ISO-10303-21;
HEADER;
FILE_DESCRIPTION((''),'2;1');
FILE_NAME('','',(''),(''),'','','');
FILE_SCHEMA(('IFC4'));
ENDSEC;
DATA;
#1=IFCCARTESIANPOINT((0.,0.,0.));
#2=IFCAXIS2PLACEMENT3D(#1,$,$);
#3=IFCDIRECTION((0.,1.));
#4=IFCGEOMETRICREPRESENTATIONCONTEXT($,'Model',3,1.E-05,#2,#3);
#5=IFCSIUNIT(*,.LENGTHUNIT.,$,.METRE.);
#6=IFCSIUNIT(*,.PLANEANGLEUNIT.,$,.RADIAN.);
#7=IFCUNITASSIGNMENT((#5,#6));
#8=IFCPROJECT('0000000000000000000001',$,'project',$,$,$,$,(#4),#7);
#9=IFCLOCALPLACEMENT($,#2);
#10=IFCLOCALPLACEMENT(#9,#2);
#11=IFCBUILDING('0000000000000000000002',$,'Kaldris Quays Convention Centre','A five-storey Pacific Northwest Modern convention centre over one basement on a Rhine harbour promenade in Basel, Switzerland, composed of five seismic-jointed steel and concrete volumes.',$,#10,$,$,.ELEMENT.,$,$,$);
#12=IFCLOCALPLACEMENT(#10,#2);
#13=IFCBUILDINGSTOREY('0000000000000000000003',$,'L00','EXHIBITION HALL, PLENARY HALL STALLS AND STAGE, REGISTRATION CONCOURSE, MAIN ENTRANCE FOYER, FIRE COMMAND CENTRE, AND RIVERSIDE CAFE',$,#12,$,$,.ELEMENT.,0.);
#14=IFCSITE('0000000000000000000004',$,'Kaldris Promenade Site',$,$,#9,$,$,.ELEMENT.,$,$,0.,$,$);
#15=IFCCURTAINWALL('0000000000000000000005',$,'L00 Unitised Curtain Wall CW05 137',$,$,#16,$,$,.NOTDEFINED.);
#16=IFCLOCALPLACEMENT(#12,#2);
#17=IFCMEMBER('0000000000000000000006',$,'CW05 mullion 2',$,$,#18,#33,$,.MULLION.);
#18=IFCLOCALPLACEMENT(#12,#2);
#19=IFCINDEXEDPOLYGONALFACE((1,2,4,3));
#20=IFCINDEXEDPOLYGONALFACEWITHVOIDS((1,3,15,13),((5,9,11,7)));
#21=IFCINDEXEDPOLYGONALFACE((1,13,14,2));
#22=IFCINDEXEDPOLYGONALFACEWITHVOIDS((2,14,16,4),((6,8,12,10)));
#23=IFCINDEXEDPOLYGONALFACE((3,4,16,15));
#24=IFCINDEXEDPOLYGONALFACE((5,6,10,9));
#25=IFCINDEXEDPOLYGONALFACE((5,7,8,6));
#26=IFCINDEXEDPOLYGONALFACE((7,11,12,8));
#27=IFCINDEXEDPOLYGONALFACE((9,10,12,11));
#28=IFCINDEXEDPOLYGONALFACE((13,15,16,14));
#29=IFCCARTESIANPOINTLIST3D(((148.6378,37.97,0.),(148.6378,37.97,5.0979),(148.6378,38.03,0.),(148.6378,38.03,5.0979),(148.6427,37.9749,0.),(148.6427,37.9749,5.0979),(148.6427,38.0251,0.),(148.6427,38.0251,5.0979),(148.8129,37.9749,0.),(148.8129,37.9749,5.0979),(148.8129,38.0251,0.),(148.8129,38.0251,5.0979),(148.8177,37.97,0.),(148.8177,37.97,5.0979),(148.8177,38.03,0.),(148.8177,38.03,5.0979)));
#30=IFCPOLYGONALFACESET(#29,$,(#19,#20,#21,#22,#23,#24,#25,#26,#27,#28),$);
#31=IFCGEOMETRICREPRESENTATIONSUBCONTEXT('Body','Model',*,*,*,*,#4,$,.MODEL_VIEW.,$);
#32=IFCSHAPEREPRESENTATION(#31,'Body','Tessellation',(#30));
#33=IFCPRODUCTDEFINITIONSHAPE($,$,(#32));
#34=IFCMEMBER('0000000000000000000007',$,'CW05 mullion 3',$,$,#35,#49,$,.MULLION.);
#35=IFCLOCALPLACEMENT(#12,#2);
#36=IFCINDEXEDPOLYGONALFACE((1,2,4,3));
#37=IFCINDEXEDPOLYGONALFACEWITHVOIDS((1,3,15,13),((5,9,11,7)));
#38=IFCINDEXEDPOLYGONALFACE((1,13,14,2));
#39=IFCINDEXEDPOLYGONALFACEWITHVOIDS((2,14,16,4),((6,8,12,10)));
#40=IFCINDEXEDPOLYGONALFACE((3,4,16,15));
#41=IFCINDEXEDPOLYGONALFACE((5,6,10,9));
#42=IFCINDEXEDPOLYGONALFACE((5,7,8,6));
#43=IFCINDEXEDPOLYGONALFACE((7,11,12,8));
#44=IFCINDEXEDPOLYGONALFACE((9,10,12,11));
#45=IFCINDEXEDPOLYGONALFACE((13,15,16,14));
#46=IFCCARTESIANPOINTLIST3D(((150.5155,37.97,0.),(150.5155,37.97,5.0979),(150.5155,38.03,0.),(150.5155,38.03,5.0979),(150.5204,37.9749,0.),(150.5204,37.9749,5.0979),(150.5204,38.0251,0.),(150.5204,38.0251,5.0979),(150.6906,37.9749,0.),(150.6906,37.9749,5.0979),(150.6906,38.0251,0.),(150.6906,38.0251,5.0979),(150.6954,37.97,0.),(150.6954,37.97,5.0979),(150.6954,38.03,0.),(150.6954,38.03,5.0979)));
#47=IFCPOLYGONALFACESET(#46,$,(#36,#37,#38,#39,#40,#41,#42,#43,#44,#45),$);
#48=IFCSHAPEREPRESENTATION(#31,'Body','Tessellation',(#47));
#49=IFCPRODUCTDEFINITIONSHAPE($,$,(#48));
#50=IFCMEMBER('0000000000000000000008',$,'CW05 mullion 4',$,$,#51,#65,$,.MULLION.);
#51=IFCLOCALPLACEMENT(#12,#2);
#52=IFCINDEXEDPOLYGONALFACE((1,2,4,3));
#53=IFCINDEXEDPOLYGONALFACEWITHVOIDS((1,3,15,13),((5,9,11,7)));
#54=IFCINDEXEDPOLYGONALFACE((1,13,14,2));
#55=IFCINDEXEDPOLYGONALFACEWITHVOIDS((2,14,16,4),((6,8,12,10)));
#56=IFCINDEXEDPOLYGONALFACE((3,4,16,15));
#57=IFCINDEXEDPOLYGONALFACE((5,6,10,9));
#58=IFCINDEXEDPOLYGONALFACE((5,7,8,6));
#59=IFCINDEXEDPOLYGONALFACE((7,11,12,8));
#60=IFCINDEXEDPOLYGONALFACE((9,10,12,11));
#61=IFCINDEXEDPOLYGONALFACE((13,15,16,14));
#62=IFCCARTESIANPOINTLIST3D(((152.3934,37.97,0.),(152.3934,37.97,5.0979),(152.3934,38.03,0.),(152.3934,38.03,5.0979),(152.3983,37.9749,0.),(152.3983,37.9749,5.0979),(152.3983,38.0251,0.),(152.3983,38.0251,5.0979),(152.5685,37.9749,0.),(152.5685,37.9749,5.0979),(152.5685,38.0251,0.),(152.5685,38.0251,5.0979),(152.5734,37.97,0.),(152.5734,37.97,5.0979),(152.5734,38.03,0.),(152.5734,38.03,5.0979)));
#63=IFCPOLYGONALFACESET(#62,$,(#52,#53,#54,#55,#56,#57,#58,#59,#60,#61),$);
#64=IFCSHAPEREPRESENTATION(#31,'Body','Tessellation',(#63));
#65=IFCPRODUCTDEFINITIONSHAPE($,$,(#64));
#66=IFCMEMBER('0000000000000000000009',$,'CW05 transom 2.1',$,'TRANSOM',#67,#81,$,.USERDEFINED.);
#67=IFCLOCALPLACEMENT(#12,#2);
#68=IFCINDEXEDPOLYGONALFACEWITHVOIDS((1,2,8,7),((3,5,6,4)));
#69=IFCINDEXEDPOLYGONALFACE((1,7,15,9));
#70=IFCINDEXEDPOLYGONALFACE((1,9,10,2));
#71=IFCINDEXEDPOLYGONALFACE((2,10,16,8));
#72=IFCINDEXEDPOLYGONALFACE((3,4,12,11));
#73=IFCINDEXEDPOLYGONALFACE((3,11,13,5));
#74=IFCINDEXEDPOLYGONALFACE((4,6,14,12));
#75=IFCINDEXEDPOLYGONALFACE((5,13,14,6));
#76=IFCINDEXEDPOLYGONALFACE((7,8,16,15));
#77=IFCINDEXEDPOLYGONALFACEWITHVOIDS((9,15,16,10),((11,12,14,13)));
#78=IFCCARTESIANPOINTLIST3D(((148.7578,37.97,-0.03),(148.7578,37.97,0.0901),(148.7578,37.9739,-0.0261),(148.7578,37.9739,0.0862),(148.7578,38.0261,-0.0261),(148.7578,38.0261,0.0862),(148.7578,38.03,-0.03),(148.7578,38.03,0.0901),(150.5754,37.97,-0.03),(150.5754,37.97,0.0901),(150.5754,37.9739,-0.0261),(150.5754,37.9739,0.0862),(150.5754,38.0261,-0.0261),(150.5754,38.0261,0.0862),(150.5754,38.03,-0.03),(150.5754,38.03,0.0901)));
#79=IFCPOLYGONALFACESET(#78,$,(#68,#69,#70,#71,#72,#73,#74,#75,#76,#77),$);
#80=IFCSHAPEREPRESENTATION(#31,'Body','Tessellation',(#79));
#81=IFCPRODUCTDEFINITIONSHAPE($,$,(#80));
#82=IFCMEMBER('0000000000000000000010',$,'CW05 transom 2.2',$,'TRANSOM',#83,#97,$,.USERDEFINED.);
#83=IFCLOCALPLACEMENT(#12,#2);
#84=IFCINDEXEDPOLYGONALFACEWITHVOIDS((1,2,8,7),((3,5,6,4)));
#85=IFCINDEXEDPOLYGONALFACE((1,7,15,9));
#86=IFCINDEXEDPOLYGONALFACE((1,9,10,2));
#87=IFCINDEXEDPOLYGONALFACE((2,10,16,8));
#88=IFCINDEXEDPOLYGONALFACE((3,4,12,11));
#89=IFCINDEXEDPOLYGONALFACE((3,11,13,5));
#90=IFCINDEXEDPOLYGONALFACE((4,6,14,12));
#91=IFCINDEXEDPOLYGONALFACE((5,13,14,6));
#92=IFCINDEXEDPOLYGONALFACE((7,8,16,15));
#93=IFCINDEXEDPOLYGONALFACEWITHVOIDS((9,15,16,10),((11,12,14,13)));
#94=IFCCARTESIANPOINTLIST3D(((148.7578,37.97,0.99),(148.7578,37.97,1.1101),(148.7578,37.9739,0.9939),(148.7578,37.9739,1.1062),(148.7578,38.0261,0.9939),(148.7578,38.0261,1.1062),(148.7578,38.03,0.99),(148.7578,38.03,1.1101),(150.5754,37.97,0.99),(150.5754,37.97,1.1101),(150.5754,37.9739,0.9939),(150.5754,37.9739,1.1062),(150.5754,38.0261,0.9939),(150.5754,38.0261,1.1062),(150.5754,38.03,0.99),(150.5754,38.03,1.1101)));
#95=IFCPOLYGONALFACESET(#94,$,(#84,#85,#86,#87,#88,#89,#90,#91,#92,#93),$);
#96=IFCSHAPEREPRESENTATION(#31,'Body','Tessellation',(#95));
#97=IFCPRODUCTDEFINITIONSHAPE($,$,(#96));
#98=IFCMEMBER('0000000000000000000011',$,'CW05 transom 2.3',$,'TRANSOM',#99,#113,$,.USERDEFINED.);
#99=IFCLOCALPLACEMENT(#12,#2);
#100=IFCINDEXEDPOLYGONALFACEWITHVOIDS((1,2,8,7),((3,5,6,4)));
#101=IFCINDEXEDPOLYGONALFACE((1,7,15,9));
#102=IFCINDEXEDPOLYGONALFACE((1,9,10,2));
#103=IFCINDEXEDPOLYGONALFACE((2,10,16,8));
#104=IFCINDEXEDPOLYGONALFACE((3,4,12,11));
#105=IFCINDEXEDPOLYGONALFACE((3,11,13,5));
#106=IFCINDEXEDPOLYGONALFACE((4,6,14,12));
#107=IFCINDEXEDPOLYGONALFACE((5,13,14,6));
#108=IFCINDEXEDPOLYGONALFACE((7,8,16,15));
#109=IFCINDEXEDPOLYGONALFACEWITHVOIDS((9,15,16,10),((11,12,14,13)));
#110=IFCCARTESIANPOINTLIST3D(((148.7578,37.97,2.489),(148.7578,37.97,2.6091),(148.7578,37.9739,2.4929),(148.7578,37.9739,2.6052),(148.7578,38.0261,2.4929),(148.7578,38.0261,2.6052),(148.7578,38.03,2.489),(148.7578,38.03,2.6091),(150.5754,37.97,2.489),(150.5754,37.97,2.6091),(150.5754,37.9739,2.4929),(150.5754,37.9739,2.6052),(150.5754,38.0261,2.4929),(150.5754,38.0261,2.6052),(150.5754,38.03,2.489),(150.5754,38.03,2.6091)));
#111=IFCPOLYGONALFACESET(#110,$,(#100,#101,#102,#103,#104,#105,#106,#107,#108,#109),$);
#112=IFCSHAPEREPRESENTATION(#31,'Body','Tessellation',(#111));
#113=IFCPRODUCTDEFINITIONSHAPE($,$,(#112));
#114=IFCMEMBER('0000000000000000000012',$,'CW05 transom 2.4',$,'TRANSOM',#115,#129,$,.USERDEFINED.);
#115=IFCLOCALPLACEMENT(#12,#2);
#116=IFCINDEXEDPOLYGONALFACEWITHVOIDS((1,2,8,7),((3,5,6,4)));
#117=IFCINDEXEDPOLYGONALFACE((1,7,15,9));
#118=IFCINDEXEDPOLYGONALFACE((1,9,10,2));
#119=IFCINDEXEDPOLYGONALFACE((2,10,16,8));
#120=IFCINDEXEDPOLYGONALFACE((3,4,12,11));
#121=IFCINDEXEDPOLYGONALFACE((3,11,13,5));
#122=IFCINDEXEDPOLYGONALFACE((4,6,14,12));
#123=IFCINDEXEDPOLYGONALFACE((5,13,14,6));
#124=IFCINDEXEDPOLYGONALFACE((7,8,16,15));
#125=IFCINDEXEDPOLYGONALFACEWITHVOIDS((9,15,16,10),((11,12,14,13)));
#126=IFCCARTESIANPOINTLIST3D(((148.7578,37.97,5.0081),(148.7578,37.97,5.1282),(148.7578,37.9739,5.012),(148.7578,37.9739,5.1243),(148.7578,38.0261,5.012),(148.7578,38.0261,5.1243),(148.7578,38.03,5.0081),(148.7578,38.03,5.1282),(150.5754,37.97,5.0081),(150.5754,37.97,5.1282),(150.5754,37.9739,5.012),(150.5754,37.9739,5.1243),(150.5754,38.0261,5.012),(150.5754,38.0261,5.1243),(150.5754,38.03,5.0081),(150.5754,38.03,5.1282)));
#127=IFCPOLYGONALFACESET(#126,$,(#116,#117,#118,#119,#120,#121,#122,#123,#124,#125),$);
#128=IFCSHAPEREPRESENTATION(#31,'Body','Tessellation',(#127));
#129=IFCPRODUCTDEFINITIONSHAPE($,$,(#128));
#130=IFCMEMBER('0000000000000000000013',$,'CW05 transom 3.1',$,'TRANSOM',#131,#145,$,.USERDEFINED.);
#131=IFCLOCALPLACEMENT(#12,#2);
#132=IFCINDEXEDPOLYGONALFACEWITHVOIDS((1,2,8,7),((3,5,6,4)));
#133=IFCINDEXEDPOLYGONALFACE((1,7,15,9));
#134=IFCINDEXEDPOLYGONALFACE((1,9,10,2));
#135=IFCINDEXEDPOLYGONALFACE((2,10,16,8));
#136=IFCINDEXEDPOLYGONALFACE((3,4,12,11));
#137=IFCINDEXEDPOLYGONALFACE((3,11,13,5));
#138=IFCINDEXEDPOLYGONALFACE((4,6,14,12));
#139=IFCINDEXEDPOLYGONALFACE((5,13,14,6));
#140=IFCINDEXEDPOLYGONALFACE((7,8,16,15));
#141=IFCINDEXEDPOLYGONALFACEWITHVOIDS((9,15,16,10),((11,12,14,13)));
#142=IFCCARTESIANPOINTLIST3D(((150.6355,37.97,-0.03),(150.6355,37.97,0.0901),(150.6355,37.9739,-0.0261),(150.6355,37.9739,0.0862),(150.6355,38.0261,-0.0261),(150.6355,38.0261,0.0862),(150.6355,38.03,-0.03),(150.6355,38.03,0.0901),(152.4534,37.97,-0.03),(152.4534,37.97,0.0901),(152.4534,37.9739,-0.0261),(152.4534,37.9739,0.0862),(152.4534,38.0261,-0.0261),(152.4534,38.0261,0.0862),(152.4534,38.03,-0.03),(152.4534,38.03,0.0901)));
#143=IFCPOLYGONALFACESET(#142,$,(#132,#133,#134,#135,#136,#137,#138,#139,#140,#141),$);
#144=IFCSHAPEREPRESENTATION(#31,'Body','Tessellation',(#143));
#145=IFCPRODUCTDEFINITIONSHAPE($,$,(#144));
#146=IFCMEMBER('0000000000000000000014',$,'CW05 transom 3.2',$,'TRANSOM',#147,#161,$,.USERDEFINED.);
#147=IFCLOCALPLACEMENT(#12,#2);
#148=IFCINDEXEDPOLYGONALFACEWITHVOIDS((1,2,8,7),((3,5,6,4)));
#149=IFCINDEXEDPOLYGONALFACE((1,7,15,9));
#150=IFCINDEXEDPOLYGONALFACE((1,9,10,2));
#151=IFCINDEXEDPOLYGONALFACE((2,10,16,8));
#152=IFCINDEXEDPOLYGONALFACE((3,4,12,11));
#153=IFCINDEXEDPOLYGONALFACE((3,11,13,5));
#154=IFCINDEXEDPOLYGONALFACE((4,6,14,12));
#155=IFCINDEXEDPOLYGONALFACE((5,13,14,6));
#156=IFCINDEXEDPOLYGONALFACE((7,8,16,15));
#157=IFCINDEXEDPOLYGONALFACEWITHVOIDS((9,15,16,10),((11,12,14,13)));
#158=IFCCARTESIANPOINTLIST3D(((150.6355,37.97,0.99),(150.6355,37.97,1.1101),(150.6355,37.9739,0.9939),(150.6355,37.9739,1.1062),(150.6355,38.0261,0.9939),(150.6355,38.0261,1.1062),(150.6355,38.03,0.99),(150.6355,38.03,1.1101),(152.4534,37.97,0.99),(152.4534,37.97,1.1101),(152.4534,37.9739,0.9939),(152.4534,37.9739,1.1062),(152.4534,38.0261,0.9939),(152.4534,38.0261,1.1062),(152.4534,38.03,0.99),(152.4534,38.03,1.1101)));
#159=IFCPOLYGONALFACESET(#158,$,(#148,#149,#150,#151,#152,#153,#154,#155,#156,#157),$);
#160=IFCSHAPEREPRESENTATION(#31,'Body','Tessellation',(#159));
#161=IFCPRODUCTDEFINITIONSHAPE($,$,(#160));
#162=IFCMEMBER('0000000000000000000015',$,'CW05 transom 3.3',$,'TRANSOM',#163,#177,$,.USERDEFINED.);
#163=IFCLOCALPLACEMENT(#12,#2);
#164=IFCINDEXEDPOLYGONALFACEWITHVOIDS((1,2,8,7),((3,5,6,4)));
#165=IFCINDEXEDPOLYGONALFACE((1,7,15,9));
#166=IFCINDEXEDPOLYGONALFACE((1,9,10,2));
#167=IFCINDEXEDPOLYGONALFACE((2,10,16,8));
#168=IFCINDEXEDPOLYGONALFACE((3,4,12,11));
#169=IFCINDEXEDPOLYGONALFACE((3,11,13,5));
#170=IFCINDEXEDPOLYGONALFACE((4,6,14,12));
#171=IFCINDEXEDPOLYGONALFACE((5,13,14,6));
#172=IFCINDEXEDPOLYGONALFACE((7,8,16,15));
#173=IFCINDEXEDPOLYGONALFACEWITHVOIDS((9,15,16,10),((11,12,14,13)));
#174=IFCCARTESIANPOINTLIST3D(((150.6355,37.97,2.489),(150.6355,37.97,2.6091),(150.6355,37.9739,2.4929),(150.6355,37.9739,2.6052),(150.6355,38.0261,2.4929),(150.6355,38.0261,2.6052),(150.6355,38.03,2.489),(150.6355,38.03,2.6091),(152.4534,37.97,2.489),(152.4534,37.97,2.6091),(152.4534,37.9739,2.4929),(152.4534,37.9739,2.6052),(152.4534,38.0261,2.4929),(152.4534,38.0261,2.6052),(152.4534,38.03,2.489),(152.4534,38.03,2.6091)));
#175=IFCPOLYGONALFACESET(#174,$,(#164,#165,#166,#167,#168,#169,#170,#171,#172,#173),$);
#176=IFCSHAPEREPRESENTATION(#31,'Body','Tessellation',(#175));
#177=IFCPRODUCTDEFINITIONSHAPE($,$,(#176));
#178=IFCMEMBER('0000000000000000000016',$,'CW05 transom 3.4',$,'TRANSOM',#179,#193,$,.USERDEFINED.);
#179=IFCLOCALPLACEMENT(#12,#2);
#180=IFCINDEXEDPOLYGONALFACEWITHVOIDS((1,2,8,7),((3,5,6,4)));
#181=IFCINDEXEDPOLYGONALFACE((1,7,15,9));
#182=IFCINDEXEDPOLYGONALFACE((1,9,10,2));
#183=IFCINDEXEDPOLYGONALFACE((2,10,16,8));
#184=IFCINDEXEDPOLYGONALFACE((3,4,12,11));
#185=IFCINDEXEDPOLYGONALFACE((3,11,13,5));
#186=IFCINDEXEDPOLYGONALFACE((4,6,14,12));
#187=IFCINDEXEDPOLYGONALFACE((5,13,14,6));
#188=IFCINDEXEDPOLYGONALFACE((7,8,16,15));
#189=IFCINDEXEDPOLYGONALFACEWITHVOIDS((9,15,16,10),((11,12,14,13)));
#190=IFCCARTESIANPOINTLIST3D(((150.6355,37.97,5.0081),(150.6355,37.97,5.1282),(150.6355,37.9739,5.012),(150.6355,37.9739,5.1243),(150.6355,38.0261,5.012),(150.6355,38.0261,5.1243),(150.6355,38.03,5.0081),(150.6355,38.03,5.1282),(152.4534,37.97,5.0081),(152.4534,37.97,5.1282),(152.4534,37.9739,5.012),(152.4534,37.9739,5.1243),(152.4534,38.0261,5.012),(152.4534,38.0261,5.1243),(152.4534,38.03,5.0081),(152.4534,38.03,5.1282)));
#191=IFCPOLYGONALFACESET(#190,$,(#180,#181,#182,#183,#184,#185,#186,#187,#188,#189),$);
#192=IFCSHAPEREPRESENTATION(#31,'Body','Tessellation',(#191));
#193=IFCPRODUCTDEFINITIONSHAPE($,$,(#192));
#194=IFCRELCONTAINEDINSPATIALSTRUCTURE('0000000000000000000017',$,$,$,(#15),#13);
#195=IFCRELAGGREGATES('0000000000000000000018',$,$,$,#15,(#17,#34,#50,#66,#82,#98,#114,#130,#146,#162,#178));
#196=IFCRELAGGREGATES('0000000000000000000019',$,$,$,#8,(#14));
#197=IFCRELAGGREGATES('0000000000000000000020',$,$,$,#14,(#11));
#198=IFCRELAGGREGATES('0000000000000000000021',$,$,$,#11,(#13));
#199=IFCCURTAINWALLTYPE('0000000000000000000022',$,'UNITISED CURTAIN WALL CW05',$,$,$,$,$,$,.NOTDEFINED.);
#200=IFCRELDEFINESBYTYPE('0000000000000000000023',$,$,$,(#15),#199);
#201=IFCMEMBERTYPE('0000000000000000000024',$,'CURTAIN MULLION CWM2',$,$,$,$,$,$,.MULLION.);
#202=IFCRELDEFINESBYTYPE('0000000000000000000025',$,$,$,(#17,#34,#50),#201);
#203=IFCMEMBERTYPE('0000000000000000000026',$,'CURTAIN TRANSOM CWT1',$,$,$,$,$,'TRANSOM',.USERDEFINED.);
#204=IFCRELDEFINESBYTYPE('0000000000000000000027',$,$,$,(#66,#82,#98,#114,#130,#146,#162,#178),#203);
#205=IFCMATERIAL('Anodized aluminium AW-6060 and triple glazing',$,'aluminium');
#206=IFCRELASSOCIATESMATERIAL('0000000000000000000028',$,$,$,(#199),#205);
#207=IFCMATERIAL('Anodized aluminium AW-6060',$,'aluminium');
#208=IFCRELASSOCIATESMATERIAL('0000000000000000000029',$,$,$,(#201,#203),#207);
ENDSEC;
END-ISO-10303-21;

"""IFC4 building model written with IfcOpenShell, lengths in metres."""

from ifc_helpers import new_model, si_unit, direction, frame, origin, origin_2d, place, context, subcontext, project, spatial, hollow_rectangle, extrude, material, material_profile, profile_set, type_object, element, aggregate, save


model = new_model("IFC4")

# Units and contexts
model_context = context("Model", 3, precision=1e-05, world=origin(), true_north=direction((0.0, 1.0)))
body_context = subcontext(model_context, "Body", "Model", "MODEL_VIEW")
ifc_project = project(units=[si_unit("LENGTHUNIT", "METRE"), si_unit("PLANEANGLEUNIT", "RADIAN")], contexts=[model_context])

# Site, building, storey
site_placement = place(None, origin())
site = spatial("IfcSite", under=ifc_project, at=site_placement, Name="Kaldris Promenade Site", CompositionType="ELEMENT", RefElevation=0.0)
building_placement = place(site_placement, origin())
building = spatial("IfcBuilding", under=site, at=building_placement, Name="Kaldris Quays Convention Centre", Description="A five-storey Pacific Northwest Modern convention centre over one basement on a Rhine harbour promenade in Basel, Switzerland, composed of five seismic-jointed steel and concrete volumes.", CompositionType="ELEMENT")
storey_placement = place(building_placement, origin())
storey = spatial("IfcBuildingStorey", under=building, at=storey_placement, Name="L00", Description="EXHIBITION HALL, PLENARY HALL STALLS AND STAGE, REGISTRATION CONCOURSE, MAIN ENTRANCE FOYER, FIRE COMMAND CENTRE, AND RIVERSIDE CAFE", CompositionType="ELEMENT", Elevation=0.0)

# Curtain wall, members
ifc_material_1 = material(Name="Anodized aluminium AW-6060 and triple glazing", Category="aluminium")
curtain_wall_type = type_object("IfcCurtainWallType", Name="UNITISED CURTAIN WALL CW05", PredefinedType="NOTDEFINED", material=ifc_material_1)
curtain_wall_placement = place(storey_placement, origin())
curtain_wall = element("IfcCurtainWall", 1, at=curtain_wall_placement, inside=storey, type_object=curtain_wall_type, Name="L00 Unitised Curtain Wall CW05 137", PredefinedType="NOTDEFINED")
ifc_material_2 = material(Name="Anodized aluminium AW-6060", Category="aluminium")
ifc_material_profile_1 = material_profile(ifc_material_2, hollow_rectangle(XDim=0.0601, YDim=0.1799, WallThickness=0.0049, at=origin_2d()), Name="RHS 180x60x5")
ifc_profile_set_1 = profile_set([ifc_material_profile_1], Name="Anodized aluminium AW-6060")
member_type_1 = type_object("IfcMemberType", Name="CURTAIN MULLION CWM2", PredefinedType="MULLION", material=ifc_profile_set_1)
member_1_placement = place(storey_placement, frame((148.7278, 38.0, 0.0), z_axis=(0.0, 0.0, 1.0), x_axis=(0.0, 1.0, 0.0)))
member_1 = element("IfcMember", 2, at=member_1_placement, type_object=member_type_1, Name="CW05 mullion 2", PredefinedType="MULLION", context=body_context, shape_type="SweptSolid", body=[
    extrude(hollow_rectangle(XDim=0.0601, YDim=0.1799, WallThickness=0.0049, at=origin_2d()), origin(), (0.0, 0.0, 1.0), 5.0979),
])
member_2_placement = place(storey_placement, frame((150.6055, 38.0, 0.0), z_axis=(0.0, 0.0, 1.0), x_axis=(0.0, 1.0, 0.0)))
member_2 = element("IfcMember", 3, at=member_2_placement, type_object=member_type_1, Name="CW05 mullion 3", PredefinedType="MULLION", context=body_context, shape_type="SweptSolid", body=[
    extrude(hollow_rectangle(XDim=0.0601, YDim=0.1799, WallThickness=0.0049, at=origin_2d()), origin(), (0.0, 0.0, 1.0), 5.0979),
])
member_3_placement = place(storey_placement, frame((152.4834, 38.0, 0.0), z_axis=(0.0, 0.0, 1.0), x_axis=(0.0, 1.0, 0.0)))
member_3 = element("IfcMember", 4, at=member_3_placement, type_object=member_type_1, Name="CW05 mullion 4", PredefinedType="MULLION", context=body_context, shape_type="SweptSolid", body=[
    extrude(hollow_rectangle(XDim=0.0601, YDim=0.1799, WallThickness=0.0049, at=origin_2d()), origin(), (0.0, 0.0, 1.0), 5.0979),
])
ifc_material_profile_2 = material_profile(ifc_material_2, hollow_rectangle(XDim=0.0601, YDim=0.1201, WallThickness=0.0039, at=origin_2d()), Name="RHS 120x60x4")
ifc_profile_set_2 = profile_set([ifc_material_profile_2], Name="Anodized aluminium AW-6060")
member_type_2 = type_object("IfcMemberType", Name="CURTAIN TRANSOM CWT1", ElementType="TRANSOM", PredefinedType="USERDEFINED", material=ifc_profile_set_2)
member_4_placement = place(storey_placement, frame((148.7578, 38.0, 0.03), z_axis=(1.0, 0.0, 0.0), x_axis=(0.0, 1.0, 0.0)))
member_4 = element("IfcMember", 5, at=member_4_placement, type_object=member_type_2, Name="CW05 transom 2.1", ObjectType="TRANSOM", PredefinedType="USERDEFINED", context=body_context, shape_type="SweptSolid", body=[
    extrude(hollow_rectangle(XDim=0.0601, YDim=0.1201, WallThickness=0.0039, at=origin_2d()), origin(), (0.0, 0.0, 1.0), 1.8176),
])
member_5_placement = place(storey_placement, frame((148.7578, 38.0, 1.05), z_axis=(1.0, 0.0, 0.0), x_axis=(0.0, 1.0, 0.0)))
member_5 = element("IfcMember", 6, at=member_5_placement, type_object=member_type_2, Name="CW05 transom 2.2", ObjectType="TRANSOM", PredefinedType="USERDEFINED", context=body_context, shape_type="SweptSolid", body=[
    extrude(hollow_rectangle(XDim=0.0601, YDim=0.1201, WallThickness=0.0039, at=origin_2d()), origin(), (0.0, 0.0, 1.0), 1.8176),
])
member_6_placement = place(storey_placement, frame((148.7578, 38.0, 2.5491), z_axis=(1.0, 0.0, 0.0), x_axis=(0.0, 1.0, 0.0)))
member_6 = element("IfcMember", 7, at=member_6_placement, type_object=member_type_2, Name="CW05 transom 2.3", ObjectType="TRANSOM", PredefinedType="USERDEFINED", context=body_context, shape_type="SweptSolid", body=[
    extrude(hollow_rectangle(XDim=0.0601, YDim=0.1201, WallThickness=0.0039, at=origin_2d()), origin(), (0.0, 0.0, 1.0), 1.8176),
])
member_7_placement = place(storey_placement, frame((148.7578, 38.0, 5.0681), z_axis=(1.0, 0.0, 0.0), x_axis=(0.0, 1.0, 0.0)))
member_7 = element("IfcMember", 8, at=member_7_placement, type_object=member_type_2, Name="CW05 transom 2.4", ObjectType="TRANSOM", PredefinedType="USERDEFINED", context=body_context, shape_type="SweptSolid", body=[
    extrude(hollow_rectangle(XDim=0.0601, YDim=0.1201, WallThickness=0.0039, at=origin_2d()), origin(), (0.0, 0.0, 1.0), 1.8176),
])
member_8_placement = place(storey_placement, frame((150.6355, 38.0, 0.03), z_axis=(1.0, 0.0, 0.0), x_axis=(0.0, 1.0, 0.0)))
member_8 = element("IfcMember", 9, at=member_8_placement, type_object=member_type_2, Name="CW05 transom 3.1", ObjectType="TRANSOM", PredefinedType="USERDEFINED", context=body_context, shape_type="SweptSolid", body=[
    extrude(hollow_rectangle(XDim=0.0601, YDim=0.1201, WallThickness=0.0039, at=origin_2d()), origin(), (0.0, 0.0, 1.0), 1.8179),
])
member_9_placement = place(storey_placement, frame((150.6355, 38.0, 1.05), z_axis=(1.0, 0.0, 0.0), x_axis=(0.0, 1.0, 0.0)))
member_9 = element("IfcMember", 10, at=member_9_placement, type_object=member_type_2, Name="CW05 transom 3.2", ObjectType="TRANSOM", PredefinedType="USERDEFINED", context=body_context, shape_type="SweptSolid", body=[
    extrude(hollow_rectangle(XDim=0.0601, YDim=0.1201, WallThickness=0.0039, at=origin_2d()), origin(), (0.0, 0.0, 1.0), 1.8179),
])
member_10_placement = place(storey_placement, frame((150.6355, 38.0, 2.5491), z_axis=(1.0, 0.0, 0.0), x_axis=(0.0, 1.0, 0.0)))
member_10 = element("IfcMember", 11, at=member_10_placement, type_object=member_type_2, Name="CW05 transom 3.3", ObjectType="TRANSOM", PredefinedType="USERDEFINED", context=body_context, shape_type="SweptSolid", body=[
    extrude(hollow_rectangle(XDim=0.0601, YDim=0.1201, WallThickness=0.0039, at=origin_2d()), origin(), (0.0, 0.0, 1.0), 1.8179),
])
member_11_placement = place(storey_placement, frame((150.6355, 38.0, 5.0681), z_axis=(1.0, 0.0, 0.0), x_axis=(0.0, 1.0, 0.0)))
member_11 = element("IfcMember", 12, at=member_11_placement, type_object=member_type_2, Name="CW05 transom 3.4", ObjectType="TRANSOM", PredefinedType="USERDEFINED", context=body_context, shape_type="SweptSolid", body=[
    extrude(hollow_rectangle(XDim=0.0601, YDim=0.1201, WallThickness=0.0039, at=origin_2d()), origin(), (0.0, 0.0, 1.0), 1.8179),
])
aggregate(curtain_wall, [member_1, member_2, member_3, member_4, member_5, member_6, member_7, member_8, member_9, member_10, member_11])

save(model, "model.ifc")
